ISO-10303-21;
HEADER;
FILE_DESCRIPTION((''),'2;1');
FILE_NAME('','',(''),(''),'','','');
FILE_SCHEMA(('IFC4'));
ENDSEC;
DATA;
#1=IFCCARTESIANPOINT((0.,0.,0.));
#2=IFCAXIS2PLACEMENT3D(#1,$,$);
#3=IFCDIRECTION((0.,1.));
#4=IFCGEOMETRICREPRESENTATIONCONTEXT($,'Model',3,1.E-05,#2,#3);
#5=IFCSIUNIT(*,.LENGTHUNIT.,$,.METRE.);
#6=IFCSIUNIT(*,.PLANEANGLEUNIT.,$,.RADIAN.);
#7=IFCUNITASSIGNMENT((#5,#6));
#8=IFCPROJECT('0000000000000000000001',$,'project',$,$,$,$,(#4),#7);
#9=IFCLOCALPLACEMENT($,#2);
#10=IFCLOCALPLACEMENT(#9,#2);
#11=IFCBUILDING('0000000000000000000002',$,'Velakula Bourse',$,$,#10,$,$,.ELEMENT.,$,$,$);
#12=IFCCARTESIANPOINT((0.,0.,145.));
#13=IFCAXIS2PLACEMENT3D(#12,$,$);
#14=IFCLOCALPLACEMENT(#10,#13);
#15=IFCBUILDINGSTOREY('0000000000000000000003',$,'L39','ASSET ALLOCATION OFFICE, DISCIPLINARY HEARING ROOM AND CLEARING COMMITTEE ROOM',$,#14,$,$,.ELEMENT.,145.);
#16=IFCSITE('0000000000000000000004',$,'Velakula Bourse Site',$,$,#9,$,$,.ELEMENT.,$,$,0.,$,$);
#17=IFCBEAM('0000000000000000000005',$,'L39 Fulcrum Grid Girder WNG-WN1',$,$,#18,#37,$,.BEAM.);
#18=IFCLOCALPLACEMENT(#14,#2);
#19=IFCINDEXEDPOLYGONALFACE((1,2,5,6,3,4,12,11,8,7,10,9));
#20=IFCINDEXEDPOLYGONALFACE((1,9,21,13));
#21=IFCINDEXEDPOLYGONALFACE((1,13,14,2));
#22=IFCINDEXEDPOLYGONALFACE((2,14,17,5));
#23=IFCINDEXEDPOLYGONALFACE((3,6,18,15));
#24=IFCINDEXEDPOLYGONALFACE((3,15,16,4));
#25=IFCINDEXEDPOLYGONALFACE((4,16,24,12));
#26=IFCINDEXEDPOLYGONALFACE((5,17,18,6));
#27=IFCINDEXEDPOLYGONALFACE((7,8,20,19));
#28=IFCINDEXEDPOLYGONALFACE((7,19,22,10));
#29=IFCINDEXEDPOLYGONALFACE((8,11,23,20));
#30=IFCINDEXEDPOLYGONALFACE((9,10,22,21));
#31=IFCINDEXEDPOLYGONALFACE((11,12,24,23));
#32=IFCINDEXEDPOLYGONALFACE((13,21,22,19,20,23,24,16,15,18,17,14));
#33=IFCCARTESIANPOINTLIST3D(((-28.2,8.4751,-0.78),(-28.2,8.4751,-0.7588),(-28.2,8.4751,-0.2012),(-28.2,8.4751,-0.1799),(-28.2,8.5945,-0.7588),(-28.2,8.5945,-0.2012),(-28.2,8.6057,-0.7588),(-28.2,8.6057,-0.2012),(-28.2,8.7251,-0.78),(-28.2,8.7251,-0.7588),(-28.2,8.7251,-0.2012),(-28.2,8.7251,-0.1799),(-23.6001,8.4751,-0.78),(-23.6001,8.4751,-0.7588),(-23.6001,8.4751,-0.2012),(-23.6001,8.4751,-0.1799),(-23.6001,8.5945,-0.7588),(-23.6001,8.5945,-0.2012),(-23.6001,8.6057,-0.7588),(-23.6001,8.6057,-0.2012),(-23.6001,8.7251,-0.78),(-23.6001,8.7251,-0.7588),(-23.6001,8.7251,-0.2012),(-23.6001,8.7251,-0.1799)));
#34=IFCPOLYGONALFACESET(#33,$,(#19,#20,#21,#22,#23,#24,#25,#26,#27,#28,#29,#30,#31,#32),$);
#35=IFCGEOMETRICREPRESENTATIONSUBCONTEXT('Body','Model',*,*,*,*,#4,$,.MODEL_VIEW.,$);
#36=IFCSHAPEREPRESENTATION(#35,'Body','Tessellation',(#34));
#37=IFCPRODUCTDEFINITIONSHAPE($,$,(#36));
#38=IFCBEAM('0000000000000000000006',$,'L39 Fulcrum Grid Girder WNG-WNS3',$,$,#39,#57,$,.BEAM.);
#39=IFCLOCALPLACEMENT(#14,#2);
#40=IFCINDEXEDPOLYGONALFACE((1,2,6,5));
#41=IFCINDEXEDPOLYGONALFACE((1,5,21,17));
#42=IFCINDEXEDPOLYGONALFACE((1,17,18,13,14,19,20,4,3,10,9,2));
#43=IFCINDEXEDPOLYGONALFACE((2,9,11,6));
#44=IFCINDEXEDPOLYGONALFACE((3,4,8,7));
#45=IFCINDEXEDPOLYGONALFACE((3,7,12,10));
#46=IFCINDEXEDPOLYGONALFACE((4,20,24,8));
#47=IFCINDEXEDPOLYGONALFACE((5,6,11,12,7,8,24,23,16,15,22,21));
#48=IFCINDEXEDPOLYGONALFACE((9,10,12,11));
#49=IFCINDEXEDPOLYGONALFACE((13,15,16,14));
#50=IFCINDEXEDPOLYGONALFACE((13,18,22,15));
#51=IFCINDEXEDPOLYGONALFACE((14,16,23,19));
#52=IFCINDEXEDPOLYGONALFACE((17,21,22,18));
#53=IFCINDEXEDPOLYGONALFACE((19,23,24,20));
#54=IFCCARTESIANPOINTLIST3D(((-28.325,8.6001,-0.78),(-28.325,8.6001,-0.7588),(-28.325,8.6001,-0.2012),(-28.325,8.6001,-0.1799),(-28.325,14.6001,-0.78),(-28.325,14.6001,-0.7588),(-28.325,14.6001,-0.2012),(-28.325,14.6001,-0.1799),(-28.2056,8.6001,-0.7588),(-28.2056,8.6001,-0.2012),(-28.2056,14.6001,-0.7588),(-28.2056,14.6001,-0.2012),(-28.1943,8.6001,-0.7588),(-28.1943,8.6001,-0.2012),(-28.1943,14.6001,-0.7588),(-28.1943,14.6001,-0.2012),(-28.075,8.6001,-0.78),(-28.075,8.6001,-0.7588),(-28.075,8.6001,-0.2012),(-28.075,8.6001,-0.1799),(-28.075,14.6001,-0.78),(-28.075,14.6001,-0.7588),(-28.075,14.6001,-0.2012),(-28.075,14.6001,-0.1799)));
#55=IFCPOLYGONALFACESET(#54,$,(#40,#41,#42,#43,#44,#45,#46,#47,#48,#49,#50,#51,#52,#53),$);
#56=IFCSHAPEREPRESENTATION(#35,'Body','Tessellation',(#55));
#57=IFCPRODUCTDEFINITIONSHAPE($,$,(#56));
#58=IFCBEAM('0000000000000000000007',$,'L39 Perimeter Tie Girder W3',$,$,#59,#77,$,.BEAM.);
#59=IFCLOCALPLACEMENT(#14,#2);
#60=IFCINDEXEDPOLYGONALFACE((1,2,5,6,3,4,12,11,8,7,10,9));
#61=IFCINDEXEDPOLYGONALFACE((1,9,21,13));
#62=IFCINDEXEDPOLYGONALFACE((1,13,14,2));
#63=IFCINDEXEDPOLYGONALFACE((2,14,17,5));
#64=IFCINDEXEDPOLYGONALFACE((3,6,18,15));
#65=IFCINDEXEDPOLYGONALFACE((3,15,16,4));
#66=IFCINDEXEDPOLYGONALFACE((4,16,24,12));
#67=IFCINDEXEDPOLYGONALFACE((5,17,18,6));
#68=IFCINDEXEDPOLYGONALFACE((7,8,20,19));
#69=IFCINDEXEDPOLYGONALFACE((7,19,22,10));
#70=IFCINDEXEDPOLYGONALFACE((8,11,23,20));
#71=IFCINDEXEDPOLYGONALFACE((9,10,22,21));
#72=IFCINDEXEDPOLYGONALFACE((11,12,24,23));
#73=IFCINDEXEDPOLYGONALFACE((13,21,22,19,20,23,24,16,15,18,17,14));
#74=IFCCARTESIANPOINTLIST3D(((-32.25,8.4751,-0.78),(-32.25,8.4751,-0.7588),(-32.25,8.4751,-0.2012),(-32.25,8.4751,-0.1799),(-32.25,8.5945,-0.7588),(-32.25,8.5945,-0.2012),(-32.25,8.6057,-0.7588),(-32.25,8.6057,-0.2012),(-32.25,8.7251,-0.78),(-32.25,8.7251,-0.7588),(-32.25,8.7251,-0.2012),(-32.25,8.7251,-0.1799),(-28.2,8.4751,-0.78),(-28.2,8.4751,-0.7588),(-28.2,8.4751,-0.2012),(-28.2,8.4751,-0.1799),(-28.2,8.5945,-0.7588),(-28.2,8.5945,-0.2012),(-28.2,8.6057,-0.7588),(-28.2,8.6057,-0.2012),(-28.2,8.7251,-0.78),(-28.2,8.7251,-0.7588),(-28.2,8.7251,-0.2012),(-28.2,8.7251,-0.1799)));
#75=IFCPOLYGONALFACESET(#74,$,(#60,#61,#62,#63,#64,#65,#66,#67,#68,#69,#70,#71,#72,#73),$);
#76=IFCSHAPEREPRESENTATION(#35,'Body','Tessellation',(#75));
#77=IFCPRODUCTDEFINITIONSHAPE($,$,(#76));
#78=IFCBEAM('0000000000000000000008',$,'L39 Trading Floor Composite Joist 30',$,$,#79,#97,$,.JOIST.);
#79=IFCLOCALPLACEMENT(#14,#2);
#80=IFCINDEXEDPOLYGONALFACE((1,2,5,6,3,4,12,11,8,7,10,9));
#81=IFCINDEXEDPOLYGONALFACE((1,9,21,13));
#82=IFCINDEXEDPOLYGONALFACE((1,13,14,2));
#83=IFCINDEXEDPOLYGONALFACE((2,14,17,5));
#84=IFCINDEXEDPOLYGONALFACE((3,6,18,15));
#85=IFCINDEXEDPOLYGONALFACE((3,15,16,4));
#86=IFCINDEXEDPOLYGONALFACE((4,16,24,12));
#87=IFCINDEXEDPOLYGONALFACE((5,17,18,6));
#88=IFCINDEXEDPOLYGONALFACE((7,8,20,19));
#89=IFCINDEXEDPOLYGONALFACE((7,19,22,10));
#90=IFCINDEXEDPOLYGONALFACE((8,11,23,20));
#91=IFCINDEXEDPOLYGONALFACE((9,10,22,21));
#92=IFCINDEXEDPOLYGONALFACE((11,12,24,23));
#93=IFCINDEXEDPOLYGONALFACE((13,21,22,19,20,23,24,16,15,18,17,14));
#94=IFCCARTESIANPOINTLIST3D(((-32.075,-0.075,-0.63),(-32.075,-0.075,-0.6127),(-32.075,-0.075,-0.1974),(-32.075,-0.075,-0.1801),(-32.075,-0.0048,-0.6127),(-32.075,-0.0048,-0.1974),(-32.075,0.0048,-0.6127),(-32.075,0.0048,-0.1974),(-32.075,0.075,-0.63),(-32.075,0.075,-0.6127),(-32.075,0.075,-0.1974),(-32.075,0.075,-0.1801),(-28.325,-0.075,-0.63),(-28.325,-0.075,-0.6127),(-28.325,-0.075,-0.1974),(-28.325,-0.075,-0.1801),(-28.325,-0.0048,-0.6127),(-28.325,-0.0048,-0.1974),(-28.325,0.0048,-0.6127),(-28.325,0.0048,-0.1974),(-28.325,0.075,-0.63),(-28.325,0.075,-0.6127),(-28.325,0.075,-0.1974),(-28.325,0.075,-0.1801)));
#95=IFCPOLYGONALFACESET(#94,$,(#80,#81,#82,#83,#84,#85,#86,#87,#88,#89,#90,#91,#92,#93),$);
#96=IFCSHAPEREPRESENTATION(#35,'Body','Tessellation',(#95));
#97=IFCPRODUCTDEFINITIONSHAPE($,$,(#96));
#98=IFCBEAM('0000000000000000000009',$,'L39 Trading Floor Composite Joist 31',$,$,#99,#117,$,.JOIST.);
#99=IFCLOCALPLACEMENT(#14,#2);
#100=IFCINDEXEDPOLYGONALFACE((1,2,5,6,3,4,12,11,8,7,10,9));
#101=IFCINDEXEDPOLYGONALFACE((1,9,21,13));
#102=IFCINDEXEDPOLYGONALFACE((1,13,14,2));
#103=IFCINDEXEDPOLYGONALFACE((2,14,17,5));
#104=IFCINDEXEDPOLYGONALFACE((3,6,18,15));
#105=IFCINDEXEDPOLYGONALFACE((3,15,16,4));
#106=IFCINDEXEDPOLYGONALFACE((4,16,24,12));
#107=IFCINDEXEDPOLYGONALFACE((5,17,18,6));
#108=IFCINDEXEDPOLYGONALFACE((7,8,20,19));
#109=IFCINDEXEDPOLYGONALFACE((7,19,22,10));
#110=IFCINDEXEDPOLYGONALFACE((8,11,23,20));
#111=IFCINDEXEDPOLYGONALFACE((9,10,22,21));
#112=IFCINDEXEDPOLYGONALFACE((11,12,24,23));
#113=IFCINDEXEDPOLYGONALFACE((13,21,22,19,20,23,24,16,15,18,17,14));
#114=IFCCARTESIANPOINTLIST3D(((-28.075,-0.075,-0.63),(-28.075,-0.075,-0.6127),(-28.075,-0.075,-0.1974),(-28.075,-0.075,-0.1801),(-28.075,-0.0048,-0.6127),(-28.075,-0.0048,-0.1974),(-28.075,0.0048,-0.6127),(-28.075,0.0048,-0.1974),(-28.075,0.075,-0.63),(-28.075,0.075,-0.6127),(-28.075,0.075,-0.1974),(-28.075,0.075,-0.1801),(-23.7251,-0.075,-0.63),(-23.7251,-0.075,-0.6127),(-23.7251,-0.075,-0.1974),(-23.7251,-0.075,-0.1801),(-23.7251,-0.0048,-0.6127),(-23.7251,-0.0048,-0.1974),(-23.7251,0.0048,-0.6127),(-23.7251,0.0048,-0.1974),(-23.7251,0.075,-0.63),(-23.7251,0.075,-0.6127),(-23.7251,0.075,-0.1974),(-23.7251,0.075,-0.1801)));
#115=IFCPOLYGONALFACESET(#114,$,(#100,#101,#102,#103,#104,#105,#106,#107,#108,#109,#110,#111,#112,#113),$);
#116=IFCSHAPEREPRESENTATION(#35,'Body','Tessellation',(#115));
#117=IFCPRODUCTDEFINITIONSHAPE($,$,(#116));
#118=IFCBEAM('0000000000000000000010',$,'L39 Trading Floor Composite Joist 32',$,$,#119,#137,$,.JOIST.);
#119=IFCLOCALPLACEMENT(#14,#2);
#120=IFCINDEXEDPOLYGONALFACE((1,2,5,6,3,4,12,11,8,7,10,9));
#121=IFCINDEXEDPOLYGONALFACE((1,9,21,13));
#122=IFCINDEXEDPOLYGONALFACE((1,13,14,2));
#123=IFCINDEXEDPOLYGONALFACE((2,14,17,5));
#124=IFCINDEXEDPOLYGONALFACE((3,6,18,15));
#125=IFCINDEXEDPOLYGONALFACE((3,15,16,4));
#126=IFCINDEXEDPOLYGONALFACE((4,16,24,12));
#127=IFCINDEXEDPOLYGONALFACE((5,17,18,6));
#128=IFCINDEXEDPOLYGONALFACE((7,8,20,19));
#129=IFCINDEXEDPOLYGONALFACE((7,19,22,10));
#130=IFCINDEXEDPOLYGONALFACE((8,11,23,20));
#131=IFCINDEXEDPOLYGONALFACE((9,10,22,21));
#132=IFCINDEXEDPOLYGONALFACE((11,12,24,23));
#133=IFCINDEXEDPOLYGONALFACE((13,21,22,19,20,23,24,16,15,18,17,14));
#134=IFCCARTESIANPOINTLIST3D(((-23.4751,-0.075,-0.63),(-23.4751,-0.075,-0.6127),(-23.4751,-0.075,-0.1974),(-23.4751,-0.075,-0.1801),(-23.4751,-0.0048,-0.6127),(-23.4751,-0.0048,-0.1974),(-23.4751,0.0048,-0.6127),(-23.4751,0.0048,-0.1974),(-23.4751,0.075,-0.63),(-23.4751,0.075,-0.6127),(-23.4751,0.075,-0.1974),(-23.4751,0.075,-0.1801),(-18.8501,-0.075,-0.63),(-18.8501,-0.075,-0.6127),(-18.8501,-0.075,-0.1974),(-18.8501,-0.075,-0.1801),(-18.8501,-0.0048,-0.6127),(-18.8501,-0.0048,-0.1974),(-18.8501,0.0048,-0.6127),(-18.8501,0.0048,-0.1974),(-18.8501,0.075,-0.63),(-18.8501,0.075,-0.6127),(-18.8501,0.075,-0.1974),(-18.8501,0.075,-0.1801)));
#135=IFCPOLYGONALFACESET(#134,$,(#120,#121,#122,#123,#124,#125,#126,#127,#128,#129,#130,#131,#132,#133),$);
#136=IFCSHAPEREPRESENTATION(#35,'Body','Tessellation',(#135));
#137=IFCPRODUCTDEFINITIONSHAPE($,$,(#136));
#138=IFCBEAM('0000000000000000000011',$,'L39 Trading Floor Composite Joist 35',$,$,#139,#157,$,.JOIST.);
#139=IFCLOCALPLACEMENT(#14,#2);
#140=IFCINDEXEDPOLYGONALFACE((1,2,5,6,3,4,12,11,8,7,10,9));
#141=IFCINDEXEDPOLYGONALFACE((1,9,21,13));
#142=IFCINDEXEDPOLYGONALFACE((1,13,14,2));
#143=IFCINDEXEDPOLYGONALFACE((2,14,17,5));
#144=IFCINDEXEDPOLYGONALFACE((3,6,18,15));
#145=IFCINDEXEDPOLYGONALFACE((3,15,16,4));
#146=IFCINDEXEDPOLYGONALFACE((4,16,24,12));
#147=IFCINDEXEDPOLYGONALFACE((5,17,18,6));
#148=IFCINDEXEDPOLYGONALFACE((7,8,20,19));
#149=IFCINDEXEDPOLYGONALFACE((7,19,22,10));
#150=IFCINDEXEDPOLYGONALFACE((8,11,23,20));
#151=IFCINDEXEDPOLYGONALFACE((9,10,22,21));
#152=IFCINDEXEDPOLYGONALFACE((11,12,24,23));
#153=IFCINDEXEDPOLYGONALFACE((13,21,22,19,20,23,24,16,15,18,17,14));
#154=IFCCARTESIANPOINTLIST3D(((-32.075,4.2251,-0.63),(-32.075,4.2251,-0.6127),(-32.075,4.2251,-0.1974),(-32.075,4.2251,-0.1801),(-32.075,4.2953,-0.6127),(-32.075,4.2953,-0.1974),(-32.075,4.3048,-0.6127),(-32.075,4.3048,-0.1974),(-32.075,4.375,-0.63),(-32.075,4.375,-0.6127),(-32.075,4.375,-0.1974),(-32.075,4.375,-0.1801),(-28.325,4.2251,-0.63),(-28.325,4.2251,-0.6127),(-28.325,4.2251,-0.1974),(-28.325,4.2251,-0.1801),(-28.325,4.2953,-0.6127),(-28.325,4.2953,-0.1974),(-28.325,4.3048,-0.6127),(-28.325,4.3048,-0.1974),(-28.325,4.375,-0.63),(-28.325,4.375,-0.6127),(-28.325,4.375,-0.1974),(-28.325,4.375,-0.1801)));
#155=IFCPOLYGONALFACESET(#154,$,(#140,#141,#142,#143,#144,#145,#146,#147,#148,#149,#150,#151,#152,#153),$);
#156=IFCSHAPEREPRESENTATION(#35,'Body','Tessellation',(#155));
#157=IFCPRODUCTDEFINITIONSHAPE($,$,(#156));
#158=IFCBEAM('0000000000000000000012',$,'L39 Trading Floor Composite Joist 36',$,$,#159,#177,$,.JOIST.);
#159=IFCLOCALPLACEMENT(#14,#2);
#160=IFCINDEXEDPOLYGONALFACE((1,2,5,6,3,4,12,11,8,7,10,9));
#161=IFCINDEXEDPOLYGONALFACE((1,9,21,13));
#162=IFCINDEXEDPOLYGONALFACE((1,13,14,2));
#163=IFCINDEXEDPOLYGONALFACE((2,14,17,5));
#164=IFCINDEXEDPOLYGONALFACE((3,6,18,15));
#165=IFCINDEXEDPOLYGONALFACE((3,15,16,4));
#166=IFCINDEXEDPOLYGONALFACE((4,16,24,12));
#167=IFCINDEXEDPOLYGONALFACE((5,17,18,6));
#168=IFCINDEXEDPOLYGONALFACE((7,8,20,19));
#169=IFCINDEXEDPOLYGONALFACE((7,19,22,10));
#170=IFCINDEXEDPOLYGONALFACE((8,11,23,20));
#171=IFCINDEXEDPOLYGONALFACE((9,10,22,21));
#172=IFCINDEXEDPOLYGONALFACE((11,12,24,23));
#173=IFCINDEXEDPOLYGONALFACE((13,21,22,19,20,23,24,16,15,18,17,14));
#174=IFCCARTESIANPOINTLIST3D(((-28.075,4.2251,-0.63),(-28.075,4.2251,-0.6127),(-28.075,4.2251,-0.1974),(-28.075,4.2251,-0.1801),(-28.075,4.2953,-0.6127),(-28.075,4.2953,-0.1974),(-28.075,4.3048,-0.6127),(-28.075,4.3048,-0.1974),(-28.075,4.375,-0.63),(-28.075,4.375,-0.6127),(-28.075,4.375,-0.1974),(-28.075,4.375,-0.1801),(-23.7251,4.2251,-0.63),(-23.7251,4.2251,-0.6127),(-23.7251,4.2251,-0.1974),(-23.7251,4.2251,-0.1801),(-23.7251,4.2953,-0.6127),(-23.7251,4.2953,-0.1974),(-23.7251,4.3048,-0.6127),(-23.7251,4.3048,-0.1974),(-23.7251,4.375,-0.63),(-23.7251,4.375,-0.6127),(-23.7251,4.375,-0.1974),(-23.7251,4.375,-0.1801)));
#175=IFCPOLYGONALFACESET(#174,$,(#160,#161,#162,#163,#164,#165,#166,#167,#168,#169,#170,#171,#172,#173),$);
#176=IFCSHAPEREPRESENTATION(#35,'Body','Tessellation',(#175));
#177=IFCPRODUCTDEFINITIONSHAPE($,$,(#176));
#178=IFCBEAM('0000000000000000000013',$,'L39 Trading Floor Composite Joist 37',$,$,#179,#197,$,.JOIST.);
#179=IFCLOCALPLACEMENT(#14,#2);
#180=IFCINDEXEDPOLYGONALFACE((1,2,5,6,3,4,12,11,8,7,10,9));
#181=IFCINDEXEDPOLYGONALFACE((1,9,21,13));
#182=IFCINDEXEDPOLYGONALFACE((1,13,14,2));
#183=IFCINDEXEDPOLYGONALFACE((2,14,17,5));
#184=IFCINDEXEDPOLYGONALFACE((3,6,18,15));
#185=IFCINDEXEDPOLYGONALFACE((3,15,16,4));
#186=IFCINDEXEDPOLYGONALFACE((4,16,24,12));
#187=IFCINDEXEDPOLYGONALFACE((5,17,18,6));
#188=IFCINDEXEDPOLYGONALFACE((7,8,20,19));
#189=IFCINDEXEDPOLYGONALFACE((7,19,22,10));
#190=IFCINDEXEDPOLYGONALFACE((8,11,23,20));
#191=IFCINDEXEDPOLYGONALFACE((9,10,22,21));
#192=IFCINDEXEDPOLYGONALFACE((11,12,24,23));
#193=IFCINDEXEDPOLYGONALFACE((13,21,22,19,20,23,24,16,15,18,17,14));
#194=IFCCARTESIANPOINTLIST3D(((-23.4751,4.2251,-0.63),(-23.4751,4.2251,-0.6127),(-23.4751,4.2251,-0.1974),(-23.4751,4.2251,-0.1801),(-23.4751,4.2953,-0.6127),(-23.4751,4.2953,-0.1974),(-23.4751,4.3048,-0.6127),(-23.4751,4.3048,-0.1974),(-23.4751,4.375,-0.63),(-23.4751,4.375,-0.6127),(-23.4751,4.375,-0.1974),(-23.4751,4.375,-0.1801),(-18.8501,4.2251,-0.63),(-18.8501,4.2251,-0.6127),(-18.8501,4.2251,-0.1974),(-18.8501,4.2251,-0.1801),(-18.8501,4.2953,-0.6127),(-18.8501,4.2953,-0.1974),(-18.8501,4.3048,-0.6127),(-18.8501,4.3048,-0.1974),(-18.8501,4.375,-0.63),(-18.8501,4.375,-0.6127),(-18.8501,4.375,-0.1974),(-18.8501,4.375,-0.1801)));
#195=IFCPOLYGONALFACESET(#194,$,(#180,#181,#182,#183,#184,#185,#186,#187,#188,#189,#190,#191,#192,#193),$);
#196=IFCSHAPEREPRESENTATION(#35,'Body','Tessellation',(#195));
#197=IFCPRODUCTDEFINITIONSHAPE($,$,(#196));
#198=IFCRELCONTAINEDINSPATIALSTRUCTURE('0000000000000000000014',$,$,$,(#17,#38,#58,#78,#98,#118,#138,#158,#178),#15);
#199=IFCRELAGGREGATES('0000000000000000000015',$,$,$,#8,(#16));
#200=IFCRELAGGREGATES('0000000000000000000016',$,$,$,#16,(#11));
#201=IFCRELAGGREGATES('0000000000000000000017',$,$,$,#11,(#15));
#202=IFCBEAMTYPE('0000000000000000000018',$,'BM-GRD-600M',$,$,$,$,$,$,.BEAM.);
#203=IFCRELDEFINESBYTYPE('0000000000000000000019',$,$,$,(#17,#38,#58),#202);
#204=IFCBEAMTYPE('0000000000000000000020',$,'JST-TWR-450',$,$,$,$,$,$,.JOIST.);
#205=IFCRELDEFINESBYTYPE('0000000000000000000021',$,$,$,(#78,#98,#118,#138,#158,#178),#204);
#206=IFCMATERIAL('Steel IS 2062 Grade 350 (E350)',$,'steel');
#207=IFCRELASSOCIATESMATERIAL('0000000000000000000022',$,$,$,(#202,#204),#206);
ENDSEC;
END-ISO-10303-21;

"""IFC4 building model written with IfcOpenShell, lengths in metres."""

from ifc_helpers import new_model, si_unit, direction, frame, origin, origin_2d, place, context, subcontext, project, spatial, i_section, extrude, material, material_profile, profile_set, type_object, element, save


model = new_model("IFC4")

# Units and contexts
model_context = context("Model", 3, precision=1e-05, world=origin(), true_north=direction((0.0, 1.0)))
body_context = subcontext(model_context, "Body", "Model", "MODEL_VIEW")
ifc_project = project(units=[si_unit("LENGTHUNIT", "METRE"), si_unit("PLANEANGLEUNIT", "RADIAN")], contexts=[model_context])

# Site, building, storey
site_placement = place(None, origin())
site = spatial("IfcSite", under=ifc_project, at=site_placement, Name="Velakula Bourse Site", CompositionType="ELEMENT", RefElevation=0.0)
building_placement = place(site_placement, origin())
building = spatial("IfcBuilding", under=site, at=building_placement, Name="Velakula Bourse", CompositionType="ELEMENT")
storey_placement = place(building_placement, frame((0.0, 0.0, 145.0)))
storey = spatial("IfcBuildingStorey", under=building, at=storey_placement, Name="L39", Description="ASSET ALLOCATION OFFICE, DISCIPLINARY HEARING ROOM AND CLEARING COMMITTEE ROOM", CompositionType="ELEMENT", Elevation=145.0)

# Shared definitions
ifc_material_1 = material(Name="Steel IS 2062 Grade 350 (E350)", Category="steel")

# Beams
ifc_material_profile_1 = material_profile(ifc_material_1, i_section(OverallWidth=0.25, OverallDepth=0.6001, WebThickness=0.0112, FlangeThickness=0.0212, at=origin_2d()), Name="Steel IS 2062 Grade 350 (E350)")
ifc_profile_set_1 = profile_set([ifc_material_profile_1], Name="Steel IS 2062 Grade 350 (E350)")
beam_type_1 = type_object("IfcBeamType", Name="BM-GRD-600M", PredefinedType="BEAM", material=ifc_profile_set_1)
beam_1_placement = place(storey_placement, frame((-28.2, 8.6001, -0.48), z_axis=(1.0, 0.0, 0.0), x_axis=(0.0, 1.0, 0.0)))
element("IfcBeam", 1, at=beam_1_placement, inside=storey, type_object=beam_type_1, Name="L39 Fulcrum Grid Girder WNG-WN1", PredefinedType="BEAM", context=body_context, shape_type="SweptSolid", body=[
    extrude(i_section(OverallWidth=0.25, OverallDepth=0.6001, WebThickness=0.0112, FlangeThickness=0.0212, at=origin_2d()), origin(), (0.0, 0.0, 1.0), 4.5999),
])
beam_2_placement = place(storey_placement, frame((-28.2, 8.6001, -0.48), z_axis=(0.0, 1.0, 0.0), x_axis=(-1.0, 0.0, 0.0)))
element("IfcBeam", 2, at=beam_2_placement, inside=storey, type_object=beam_type_1, Name="L39 Fulcrum Grid Girder WNG-WNS3", PredefinedType="BEAM", context=body_context, shape_type="SweptSolid", body=[
    extrude(i_section(OverallWidth=0.25, OverallDepth=0.6001, WebThickness=0.0112, FlangeThickness=0.0212, at=origin_2d()), origin(), (0.0, 0.0, 1.0), 6.0),
])
beam_3_placement = place(storey_placement, frame((-28.2, 8.6001, -0.48), z_axis=(-1.0, 0.0, 0.0), x_axis=(0.0, -1.0, 0.0)))
element("IfcBeam", 3, at=beam_3_placement, inside=storey, type_object=beam_type_1, Name="L39 Perimeter Tie Girder W3", PredefinedType="BEAM", context=body_context, shape_type="SweptSolid", body=[
    extrude(i_section(OverallWidth=0.25, OverallDepth=0.6001, WebThickness=0.0112, FlangeThickness=0.0212, at=origin_2d()), origin(), (0.0, 0.0, 1.0), 4.05),
])
ifc_material_profile_2 = material_profile(ifc_material_1, i_section(OverallWidth=0.1499, OverallDepth=0.45, WebThickness=0.0095, FlangeThickness=0.0173, at=origin_2d()), Name="Steel IS 2062 Grade 350 (E350)")
ifc_profile_set_2 = profile_set([ifc_material_profile_2], Name="Steel IS 2062 Grade 350 (E350)")
beam_type_2 = type_object("IfcBeamType", Name="JST-TWR-450", PredefinedType="JOIST", material=ifc_profile_set_2)
beam_4_placement = place(storey_placement, frame((-32.075, 0.0, -0.405), z_axis=(1.0, 0.0, 0.0), x_axis=(0.0, 1.0, 0.0)))
element("IfcBeam", 4, at=beam_4_placement, inside=storey, type_object=beam_type_2, Name="L39 Trading Floor Composite Joist 30", PredefinedType="JOIST", context=body_context, shape_type="SweptSolid", body=[
    extrude(i_section(OverallWidth=0.1499, OverallDepth=0.45, WebThickness=0.0095, FlangeThickness=0.0173, at=origin_2d()), origin(), (0.0, 0.0, 1.0), 3.75),
])
beam_5_placement = place(storey_placement, frame((-28.075, 0.0, -0.405), z_axis=(1.0, 0.0, 0.0), x_axis=(0.0, 1.0, 0.0)))
element("IfcBeam", 5, at=beam_5_placement, inside=storey, type_object=beam_type_2, Name="L39 Trading Floor Composite Joist 31", PredefinedType="JOIST", context=body_context, shape_type="SweptSolid", body=[
    extrude(i_section(OverallWidth=0.1499, OverallDepth=0.45, WebThickness=0.0095, FlangeThickness=0.0173, at=origin_2d()), origin(), (0.0, 0.0, 1.0), 4.3499),
])
beam_6_placement = place(storey_placement, frame((-23.4751, 0.0, -0.405), z_axis=(1.0, 0.0, 0.0), x_axis=(0.0, 1.0, 0.0)))
element("IfcBeam", 6, at=beam_6_placement, inside=storey, type_object=beam_type_2, Name="L39 Trading Floor Composite Joist 32", PredefinedType="JOIST", context=body_context, shape_type="SweptSolid", body=[
    extrude(i_section(OverallWidth=0.1499, OverallDepth=0.45, WebThickness=0.0095, FlangeThickness=0.0173, at=origin_2d()), origin(), (0.0, 0.0, 1.0), 4.625),
])
beam_7_placement = place(storey_placement, frame((-32.075, 4.3, -0.405), z_axis=(1.0, 0.0, 0.0), x_axis=(0.0, 1.0, 0.0)))
element("IfcBeam", 7, at=beam_7_placement, inside=storey, type_object=beam_type_2, Name="L39 Trading Floor Composite Joist 35", PredefinedType="JOIST", context=body_context, shape_type="SweptSolid", body=[
    extrude(i_section(OverallWidth=0.1499, OverallDepth=0.45, WebThickness=0.0095, FlangeThickness=0.0173, at=origin_2d()), origin(), (0.0, 0.0, 1.0), 3.75),
])
beam_8_placement = place(storey_placement, frame((-28.075, 4.3, -0.405), z_axis=(1.0, 0.0, 0.0), x_axis=(0.0, 1.0, 0.0)))
element("IfcBeam", 8, at=beam_8_placement, inside=storey, type_object=beam_type_2, Name="L39 Trading Floor Composite Joist 36", PredefinedType="JOIST", context=body_context, shape_type="SweptSolid", body=[
    extrude(i_section(OverallWidth=0.1499, OverallDepth=0.45, WebThickness=0.0095, FlangeThickness=0.0173, at=origin_2d()), origin(), (0.0, 0.0, 1.0), 4.3499),
])
beam_9_placement = place(storey_placement, frame((-23.4751, 4.3, -0.405), z_axis=(1.0, 0.0, 0.0), x_axis=(0.0, 1.0, 0.0)))
element("IfcBeam", 9, at=beam_9_placement, inside=storey, type_object=beam_type_2, Name="L39 Trading Floor Composite Joist 37", PredefinedType="JOIST", context=body_context, shape_type="SweptSolid", body=[
    extrude(i_section(OverallWidth=0.1499, OverallDepth=0.45, WebThickness=0.0095, FlangeThickness=0.0173, at=origin_2d()), origin(), (0.0, 0.0, 1.0), 4.625),
])

save(model, "model.ifc")
